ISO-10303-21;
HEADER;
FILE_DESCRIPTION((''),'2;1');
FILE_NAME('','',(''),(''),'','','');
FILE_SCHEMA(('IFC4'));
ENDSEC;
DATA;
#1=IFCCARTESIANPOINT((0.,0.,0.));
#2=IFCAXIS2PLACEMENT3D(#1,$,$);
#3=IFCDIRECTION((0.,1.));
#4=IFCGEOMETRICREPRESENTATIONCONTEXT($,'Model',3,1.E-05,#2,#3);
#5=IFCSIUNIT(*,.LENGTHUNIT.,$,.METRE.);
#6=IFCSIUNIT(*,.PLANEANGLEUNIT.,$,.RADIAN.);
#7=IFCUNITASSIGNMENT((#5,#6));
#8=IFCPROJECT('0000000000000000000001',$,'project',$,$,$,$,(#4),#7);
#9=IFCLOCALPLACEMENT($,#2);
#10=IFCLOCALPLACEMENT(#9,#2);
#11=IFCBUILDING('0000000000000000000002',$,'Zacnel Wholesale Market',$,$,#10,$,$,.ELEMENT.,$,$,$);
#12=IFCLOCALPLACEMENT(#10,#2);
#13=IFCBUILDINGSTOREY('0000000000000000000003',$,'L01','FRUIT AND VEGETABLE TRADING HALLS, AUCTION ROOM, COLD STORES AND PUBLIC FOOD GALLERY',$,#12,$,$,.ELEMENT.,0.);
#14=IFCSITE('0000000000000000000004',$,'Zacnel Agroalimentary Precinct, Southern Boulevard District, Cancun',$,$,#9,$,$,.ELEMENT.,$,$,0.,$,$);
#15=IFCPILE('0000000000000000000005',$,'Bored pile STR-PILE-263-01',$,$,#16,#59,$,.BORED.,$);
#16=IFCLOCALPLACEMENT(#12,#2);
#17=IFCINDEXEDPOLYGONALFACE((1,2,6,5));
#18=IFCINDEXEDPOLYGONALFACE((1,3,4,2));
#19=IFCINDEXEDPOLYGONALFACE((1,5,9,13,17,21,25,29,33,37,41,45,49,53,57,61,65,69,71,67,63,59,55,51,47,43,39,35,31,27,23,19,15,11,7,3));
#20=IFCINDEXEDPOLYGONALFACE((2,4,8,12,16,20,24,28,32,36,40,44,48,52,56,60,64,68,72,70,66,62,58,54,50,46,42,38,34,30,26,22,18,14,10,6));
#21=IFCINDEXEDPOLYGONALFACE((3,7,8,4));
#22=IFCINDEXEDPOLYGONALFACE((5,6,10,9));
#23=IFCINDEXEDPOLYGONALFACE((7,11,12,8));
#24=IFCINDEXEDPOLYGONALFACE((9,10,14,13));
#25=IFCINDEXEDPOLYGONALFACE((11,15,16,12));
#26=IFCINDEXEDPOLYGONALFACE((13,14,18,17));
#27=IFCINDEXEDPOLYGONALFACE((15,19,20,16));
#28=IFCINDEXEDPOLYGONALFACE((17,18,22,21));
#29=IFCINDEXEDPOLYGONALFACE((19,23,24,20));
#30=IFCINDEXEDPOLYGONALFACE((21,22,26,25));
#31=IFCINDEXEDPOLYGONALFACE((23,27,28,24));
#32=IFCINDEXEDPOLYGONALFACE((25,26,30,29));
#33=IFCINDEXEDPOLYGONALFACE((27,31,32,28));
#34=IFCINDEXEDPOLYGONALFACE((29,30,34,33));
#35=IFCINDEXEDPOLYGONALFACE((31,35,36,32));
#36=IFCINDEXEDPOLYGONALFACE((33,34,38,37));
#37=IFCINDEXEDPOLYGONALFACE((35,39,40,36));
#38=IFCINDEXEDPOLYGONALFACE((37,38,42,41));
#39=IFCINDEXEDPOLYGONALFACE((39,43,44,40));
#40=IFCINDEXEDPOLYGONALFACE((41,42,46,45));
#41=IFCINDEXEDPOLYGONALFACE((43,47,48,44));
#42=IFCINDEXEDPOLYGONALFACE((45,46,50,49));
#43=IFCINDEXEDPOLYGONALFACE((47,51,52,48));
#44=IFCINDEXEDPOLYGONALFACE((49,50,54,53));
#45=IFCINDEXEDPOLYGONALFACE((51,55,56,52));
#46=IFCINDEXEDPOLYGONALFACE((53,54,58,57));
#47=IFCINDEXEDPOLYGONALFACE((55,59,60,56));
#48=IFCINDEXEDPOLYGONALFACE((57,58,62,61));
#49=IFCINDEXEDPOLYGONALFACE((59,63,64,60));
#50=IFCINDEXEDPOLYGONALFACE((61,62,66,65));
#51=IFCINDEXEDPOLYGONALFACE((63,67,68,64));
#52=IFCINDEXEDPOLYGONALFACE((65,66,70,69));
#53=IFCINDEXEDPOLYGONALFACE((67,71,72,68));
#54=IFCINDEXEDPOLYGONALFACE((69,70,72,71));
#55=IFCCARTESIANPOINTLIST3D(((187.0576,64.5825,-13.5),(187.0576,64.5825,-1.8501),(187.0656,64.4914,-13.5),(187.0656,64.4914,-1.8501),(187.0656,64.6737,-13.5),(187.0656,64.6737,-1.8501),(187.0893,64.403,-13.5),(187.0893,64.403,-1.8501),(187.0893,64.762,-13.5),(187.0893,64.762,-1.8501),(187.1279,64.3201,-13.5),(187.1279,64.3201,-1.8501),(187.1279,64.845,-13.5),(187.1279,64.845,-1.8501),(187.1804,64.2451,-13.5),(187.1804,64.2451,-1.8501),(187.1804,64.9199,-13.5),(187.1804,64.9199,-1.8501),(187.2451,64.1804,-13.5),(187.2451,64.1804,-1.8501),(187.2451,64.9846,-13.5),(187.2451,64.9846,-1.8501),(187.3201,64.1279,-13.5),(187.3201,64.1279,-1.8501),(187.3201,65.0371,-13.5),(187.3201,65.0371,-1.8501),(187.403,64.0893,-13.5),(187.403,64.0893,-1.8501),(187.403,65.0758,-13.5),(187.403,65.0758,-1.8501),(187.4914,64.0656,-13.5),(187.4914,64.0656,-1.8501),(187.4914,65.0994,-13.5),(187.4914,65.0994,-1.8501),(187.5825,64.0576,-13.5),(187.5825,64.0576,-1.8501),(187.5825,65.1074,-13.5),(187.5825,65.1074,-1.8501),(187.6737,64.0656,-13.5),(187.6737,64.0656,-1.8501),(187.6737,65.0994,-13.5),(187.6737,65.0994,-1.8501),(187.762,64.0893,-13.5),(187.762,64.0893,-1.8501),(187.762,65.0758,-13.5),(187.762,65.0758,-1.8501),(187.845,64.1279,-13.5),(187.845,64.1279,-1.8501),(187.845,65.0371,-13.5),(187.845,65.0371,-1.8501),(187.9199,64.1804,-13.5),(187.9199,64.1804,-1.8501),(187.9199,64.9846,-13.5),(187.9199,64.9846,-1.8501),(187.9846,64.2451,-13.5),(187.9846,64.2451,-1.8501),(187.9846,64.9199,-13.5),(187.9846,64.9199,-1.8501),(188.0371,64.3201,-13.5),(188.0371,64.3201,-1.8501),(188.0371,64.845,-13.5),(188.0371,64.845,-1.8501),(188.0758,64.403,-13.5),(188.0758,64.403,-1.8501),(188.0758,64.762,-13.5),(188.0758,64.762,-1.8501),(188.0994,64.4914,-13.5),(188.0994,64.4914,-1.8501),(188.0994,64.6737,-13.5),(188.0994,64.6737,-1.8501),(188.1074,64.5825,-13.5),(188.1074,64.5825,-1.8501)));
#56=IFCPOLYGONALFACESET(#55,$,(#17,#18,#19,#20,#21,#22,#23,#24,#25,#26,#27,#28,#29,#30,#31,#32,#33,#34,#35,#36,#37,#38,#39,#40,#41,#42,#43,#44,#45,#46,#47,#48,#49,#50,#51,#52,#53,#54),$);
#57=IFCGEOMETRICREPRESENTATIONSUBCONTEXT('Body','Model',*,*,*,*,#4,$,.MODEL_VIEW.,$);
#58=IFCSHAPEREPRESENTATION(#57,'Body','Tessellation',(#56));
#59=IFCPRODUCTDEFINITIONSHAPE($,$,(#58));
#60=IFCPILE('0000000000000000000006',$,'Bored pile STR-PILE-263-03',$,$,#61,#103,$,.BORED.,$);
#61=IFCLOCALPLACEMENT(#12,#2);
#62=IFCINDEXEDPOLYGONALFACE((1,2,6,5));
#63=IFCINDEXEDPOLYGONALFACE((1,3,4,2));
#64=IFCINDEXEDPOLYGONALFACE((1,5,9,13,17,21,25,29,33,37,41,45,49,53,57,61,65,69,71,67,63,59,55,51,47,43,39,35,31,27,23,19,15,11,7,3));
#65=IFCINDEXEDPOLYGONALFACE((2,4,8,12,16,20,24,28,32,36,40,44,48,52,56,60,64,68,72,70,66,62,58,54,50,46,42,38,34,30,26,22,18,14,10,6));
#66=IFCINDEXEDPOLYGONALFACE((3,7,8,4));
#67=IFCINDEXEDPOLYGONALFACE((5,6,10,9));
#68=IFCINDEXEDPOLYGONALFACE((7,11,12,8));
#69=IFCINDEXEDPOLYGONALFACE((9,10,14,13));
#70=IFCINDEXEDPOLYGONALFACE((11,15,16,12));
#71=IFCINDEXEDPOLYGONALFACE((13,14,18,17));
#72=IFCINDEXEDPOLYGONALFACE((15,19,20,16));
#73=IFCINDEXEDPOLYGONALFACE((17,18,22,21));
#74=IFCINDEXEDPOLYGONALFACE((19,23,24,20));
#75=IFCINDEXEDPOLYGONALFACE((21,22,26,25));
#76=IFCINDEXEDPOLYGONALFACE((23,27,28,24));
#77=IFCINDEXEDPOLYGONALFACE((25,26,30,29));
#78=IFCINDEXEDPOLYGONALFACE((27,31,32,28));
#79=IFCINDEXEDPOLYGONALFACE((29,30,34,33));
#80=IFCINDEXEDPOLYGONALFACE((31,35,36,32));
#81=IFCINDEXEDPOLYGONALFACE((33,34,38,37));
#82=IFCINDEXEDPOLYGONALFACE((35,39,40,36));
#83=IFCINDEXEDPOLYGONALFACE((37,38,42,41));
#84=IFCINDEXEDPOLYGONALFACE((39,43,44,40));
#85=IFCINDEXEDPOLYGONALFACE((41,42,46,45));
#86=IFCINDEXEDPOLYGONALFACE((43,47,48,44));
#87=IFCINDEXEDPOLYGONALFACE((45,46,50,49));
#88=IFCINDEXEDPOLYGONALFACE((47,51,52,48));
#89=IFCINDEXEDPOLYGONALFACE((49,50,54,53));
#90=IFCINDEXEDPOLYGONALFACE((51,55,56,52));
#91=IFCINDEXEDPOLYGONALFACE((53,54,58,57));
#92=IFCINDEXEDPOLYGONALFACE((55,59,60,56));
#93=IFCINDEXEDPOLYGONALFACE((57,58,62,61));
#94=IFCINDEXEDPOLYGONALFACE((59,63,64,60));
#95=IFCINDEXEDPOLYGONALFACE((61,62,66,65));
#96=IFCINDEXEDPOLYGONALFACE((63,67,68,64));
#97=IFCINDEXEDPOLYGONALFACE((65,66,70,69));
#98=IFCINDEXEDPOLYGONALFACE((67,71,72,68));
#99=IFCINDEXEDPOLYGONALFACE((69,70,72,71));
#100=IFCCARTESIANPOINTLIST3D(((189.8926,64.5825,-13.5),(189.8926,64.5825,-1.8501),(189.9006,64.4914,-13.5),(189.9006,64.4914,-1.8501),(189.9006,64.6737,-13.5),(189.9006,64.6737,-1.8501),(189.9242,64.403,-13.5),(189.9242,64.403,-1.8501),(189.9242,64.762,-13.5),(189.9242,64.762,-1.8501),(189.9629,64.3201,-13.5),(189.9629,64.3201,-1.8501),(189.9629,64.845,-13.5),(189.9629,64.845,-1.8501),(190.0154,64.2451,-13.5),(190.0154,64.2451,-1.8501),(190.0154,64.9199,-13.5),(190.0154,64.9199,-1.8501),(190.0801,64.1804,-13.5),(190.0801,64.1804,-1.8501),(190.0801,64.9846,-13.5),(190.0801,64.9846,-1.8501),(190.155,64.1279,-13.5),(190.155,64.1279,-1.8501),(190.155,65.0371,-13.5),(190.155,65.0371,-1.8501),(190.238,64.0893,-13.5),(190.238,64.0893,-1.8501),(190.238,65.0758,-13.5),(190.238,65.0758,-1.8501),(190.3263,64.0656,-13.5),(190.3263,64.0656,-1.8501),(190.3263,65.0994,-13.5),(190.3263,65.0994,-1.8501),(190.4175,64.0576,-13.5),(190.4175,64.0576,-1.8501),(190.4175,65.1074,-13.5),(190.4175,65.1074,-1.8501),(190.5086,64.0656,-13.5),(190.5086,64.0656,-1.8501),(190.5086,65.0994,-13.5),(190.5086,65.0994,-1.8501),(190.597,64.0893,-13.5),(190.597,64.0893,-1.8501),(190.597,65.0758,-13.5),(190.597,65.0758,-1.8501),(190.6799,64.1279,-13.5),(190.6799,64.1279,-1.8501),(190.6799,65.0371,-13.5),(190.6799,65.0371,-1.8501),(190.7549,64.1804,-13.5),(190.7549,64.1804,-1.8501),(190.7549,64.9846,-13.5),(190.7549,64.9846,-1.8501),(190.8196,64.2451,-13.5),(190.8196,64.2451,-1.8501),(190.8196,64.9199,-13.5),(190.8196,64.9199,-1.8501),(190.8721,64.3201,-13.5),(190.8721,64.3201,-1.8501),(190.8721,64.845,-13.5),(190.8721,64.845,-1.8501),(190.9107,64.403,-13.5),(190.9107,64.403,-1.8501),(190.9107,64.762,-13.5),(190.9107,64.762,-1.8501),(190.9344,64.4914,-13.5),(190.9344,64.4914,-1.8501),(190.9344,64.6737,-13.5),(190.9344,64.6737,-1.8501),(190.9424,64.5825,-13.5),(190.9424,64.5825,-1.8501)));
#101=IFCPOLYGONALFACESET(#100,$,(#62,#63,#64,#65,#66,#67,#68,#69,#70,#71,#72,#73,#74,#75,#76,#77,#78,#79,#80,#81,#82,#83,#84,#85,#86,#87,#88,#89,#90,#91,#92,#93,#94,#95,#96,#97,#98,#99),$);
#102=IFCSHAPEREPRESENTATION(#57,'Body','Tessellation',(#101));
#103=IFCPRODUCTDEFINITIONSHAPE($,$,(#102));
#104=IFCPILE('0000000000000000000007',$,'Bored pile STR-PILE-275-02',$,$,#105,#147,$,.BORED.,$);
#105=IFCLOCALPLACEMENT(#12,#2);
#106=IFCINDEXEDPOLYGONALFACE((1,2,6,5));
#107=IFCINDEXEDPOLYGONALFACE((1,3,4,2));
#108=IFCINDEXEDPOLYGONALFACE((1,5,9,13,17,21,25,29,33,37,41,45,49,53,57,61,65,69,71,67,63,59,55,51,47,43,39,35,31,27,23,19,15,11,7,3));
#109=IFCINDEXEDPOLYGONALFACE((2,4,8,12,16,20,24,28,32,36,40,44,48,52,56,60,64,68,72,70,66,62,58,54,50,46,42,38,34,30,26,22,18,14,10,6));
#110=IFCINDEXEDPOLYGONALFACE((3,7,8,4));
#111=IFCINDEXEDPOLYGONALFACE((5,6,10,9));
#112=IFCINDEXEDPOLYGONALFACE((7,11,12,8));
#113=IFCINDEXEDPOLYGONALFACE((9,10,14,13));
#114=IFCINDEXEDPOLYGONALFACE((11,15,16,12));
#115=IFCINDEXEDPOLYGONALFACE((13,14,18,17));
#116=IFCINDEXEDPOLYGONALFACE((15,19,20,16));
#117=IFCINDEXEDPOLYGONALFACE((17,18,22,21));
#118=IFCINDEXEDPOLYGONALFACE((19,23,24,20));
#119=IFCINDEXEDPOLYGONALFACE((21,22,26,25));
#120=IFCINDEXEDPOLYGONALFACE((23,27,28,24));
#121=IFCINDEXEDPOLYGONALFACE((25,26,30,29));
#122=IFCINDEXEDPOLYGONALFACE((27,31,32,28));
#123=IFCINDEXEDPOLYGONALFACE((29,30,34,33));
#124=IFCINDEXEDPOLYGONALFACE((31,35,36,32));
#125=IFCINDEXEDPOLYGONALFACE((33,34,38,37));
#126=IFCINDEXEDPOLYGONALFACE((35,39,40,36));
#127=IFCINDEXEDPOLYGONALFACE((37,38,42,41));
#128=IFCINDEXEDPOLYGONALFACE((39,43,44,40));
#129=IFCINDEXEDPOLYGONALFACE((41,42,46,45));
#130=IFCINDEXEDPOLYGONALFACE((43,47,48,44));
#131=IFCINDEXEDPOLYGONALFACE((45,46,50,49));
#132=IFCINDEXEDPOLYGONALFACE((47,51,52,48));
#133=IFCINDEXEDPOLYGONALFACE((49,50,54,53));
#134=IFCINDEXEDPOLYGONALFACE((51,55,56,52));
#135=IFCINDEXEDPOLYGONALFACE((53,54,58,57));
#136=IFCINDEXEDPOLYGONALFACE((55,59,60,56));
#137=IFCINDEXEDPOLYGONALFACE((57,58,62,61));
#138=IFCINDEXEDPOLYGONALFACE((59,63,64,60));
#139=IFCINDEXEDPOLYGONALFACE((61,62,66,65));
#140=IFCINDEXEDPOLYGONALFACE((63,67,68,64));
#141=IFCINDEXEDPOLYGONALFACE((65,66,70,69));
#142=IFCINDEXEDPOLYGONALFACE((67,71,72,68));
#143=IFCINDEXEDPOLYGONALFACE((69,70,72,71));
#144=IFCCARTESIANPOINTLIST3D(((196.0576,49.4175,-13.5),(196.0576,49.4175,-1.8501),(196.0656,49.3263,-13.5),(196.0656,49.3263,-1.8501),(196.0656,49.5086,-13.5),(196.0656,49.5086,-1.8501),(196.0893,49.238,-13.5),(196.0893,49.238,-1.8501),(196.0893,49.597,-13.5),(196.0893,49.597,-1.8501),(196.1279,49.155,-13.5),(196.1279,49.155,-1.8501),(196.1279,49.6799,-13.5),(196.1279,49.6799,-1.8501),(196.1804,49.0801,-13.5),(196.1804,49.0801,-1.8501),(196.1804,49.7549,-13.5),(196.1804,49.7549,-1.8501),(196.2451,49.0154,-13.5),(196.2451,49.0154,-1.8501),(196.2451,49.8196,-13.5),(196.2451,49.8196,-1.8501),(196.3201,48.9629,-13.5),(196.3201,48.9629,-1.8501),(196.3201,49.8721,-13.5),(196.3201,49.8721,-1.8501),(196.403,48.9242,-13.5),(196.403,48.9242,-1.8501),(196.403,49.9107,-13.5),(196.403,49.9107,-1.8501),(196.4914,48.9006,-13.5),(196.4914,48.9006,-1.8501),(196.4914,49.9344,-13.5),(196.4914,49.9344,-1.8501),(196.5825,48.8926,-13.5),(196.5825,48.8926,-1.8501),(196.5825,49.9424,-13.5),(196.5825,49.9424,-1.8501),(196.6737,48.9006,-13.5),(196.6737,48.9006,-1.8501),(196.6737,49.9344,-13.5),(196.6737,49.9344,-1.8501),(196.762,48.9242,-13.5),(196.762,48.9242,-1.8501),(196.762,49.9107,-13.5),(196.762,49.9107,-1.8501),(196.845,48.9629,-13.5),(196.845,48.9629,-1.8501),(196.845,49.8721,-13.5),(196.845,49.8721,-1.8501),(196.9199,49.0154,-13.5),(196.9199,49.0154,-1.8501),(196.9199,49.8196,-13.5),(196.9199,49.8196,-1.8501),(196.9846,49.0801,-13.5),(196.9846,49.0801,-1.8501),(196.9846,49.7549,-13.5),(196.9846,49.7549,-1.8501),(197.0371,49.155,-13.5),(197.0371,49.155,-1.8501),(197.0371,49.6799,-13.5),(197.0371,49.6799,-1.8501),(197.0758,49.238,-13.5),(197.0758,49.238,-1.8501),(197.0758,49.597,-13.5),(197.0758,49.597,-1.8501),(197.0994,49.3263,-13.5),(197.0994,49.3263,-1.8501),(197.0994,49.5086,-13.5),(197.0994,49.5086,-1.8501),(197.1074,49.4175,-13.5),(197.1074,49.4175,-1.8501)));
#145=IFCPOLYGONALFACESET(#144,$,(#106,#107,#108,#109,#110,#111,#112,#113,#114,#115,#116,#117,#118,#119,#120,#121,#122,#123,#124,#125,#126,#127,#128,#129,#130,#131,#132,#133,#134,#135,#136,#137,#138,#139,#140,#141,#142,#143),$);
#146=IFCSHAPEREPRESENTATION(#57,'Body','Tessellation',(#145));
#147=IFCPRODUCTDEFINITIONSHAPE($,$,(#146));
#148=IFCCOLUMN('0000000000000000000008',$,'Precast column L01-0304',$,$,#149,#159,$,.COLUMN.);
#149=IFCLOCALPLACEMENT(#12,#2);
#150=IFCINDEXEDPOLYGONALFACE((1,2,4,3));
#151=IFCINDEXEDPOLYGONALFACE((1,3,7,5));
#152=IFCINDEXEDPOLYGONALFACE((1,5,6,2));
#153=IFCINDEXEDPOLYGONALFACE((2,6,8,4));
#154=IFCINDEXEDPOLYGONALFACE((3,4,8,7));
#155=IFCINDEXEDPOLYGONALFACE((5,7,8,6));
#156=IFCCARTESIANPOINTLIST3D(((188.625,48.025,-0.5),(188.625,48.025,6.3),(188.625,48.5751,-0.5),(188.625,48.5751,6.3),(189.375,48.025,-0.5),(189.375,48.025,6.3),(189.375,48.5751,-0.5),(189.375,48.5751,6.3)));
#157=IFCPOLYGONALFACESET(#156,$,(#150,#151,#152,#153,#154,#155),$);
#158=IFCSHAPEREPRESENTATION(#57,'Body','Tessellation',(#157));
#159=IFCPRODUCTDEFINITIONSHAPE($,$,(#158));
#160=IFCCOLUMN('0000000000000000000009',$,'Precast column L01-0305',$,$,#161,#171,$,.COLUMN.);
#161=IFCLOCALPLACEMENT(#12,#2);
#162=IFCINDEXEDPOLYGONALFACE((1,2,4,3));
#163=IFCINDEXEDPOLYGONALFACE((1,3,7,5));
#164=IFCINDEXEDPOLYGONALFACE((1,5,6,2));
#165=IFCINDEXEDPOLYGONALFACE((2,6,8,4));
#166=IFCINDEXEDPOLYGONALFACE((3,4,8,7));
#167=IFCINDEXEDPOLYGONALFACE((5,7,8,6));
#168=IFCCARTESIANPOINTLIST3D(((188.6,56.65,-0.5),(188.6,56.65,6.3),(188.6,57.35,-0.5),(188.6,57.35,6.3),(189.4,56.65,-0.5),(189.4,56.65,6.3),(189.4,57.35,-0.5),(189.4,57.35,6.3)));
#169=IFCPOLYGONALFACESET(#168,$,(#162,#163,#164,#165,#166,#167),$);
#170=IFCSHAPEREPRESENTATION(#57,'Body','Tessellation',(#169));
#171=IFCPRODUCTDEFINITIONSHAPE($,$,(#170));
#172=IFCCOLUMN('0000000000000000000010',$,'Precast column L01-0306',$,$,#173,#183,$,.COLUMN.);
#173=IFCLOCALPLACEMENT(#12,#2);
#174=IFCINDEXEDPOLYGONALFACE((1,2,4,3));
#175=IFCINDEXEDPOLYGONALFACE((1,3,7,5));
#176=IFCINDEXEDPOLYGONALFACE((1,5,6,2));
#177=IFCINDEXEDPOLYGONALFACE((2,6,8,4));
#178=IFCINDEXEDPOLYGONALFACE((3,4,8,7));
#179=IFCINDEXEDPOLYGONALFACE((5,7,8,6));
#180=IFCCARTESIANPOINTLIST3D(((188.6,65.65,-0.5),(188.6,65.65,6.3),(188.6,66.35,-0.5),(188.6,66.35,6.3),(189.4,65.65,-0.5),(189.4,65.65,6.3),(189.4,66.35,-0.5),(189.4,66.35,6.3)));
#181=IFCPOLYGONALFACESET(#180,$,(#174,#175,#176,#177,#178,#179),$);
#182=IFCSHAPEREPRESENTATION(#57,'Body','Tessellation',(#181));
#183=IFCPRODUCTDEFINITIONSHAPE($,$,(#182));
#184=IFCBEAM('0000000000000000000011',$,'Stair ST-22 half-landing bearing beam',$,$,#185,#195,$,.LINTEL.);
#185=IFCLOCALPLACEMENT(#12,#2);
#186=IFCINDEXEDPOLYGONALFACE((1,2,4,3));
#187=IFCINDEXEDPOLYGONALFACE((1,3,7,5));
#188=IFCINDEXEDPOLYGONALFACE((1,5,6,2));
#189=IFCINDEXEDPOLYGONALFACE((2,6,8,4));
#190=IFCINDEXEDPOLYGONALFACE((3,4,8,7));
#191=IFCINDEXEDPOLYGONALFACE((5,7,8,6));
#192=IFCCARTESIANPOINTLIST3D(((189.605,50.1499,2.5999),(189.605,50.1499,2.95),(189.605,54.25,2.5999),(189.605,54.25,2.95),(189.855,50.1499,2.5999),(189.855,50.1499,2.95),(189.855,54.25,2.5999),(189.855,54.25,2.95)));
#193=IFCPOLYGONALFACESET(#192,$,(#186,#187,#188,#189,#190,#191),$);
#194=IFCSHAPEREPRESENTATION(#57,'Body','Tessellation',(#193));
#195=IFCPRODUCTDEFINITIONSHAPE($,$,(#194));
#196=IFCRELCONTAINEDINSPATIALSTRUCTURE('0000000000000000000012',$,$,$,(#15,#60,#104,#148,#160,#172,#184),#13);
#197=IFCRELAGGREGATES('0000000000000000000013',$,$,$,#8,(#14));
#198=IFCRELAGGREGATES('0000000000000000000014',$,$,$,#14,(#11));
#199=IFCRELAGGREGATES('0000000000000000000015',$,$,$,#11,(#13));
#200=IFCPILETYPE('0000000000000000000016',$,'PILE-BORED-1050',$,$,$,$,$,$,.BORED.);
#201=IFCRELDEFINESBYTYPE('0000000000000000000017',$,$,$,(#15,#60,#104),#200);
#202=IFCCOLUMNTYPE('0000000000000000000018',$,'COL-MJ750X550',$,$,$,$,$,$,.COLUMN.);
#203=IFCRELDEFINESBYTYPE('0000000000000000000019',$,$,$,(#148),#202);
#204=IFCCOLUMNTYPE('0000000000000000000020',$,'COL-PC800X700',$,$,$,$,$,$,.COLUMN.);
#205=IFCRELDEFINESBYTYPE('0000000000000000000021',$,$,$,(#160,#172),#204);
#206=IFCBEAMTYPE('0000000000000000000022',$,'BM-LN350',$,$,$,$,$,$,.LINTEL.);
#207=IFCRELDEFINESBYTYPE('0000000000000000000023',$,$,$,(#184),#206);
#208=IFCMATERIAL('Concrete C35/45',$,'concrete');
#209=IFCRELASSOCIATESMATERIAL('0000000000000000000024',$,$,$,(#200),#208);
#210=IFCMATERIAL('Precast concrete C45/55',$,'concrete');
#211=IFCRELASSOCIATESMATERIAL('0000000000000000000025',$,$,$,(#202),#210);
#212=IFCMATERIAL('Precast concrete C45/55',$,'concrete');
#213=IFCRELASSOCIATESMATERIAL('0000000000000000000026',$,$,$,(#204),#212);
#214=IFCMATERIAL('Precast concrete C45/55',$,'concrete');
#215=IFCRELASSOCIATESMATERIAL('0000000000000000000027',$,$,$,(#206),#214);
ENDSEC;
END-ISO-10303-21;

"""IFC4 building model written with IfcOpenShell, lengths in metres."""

from ifc_helpers import new_model, si_unit, direction, frame, origin, origin_2d, place, context, subcontext, project, spatial, rectangle, circle, extrude, material, material_profile, profile_set, type_object, element, save


model = new_model("IFC4")

# Units and contexts
model_context = context("Model", 3, precision=1e-05, world=origin(), true_north=direction((0.0, 1.0)))
body_context = subcontext(model_context, "Body", "Model", "MODEL_VIEW")
ifc_project = project(units=[si_unit("LENGTHUNIT", "METRE"), si_unit("PLANEANGLEUNIT", "RADIAN")], contexts=[model_context])

# Site, building, storey
site_placement = place(None, origin())
site = spatial("IfcSite", under=ifc_project, at=site_placement, Name="Zacnel Agroalimentary Precinct, Southern Boulevard District, Cancun", CompositionType="ELEMENT", RefElevation=0.0)
building_placement = place(site_placement, origin())
building = spatial("IfcBuilding", under=site, at=building_placement, Name="Zacnel Wholesale Market", CompositionType="ELEMENT")
storey_placement = place(building_placement, origin())
storey = spatial("IfcBuildingStorey", under=building, at=storey_placement, Name="L01", Description="FRUIT AND VEGETABLE TRADING HALLS, AUCTION ROOM, COLD STORES AND PUBLIC FOOD GALLERY", CompositionType="ELEMENT", Elevation=0.0)

# Piles
ifc_material_1 = material(Name="Concrete C35/45", Category="concrete")
ifc_material_profile_1 = material_profile(ifc_material_1, circle(Radius=0.5249, at=origin_2d()), Name="BORED PILE D1050")
ifc_profile_set_1 = profile_set([ifc_material_profile_1], Name="Concrete C35/45")
pile_type = type_object("IfcPileType", Name="PILE-BORED-1050", PredefinedType="BORED", material=ifc_profile_set_1)
for number, where, z_axis, x_axis, name in (
    (1, (187.5825, 64.5825, -1.8501), (0.0, 0.0, -1.0), (1.0, 0.0, 0.0), "Bored pile STR-PILE-263-01"),
    (2, (190.4175, 64.5825, -1.8501), (0.0, 0.0, -1.0), (1.0, 0.0, 0.0), "Bored pile STR-PILE-263-03"),
    (3, (196.5825, 49.4175, -1.8501), (0.0, 0.0, -1.0), (1.0, 0.0, 0.0), "Bored pile STR-PILE-275-02"),
):
    element("IfcPile", number, at=place(storey_placement, frame(where, z_axis=z_axis, x_axis=x_axis)), inside=storey, type_object=pile_type, Name=name, PredefinedType="BORED", context=body_context, shape_type="SweptSolid", body=[
        extrude(circle(Radius=0.5249, at=origin_2d()), origin(), (0.0, 0.0, 1.0), 11.6499),
    ])

# Columns
ifc_material_2 = material(Name="Precast concrete C45/55", Category="concrete")
ifc_material_profile_2 = material_profile(ifc_material_2, rectangle(XDim=0.75, YDim=0.55, at=origin_2d()), Name="PC 750x550")
ifc_profile_set_2 = profile_set([ifc_material_profile_2], Name="Precast concrete C45/55")
column_type_1 = type_object("IfcColumnType", Name="COL-MJ750X550", PredefinedType="COLUMN", material=ifc_profile_set_2)
column_placement = place(storey_placement, frame((189.0, 48.3, -0.5), z_axis=(0.0, 0.0, 1.0), x_axis=(1.0, 0.0, 0.0)))
element("IfcColumn", 4, at=column_placement, inside=storey, type_object=column_type_1, Name="Precast column L01-0304", PredefinedType="COLUMN", context=body_context, shape_type="SweptSolid", body=[
    extrude(rectangle(XDim=0.75, YDim=0.55, at=origin_2d()), origin(), (0.0, 0.0, 1.0), 6.8),
])
ifc_material_3 = material(Name="Precast concrete C45/55", Category="concrete")
ifc_material_profile_3 = material_profile(ifc_material_3, rectangle(XDim=0.8, YDim=0.7, at=origin_2d()), Name="PC 800x700")
ifc_profile_set_3 = profile_set([ifc_material_profile_3], Name="Precast concrete C45/55")
column_type_2 = type_object("IfcColumnType", Name="COL-PC800X700", PredefinedType="COLUMN", material=ifc_profile_set_3)
for number, where, z_axis, x_axis, name in (
    (5, (189.0, 57.0, -0.5), (0.0, 0.0, 1.0), (1.0, 0.0, 0.0), "Precast column L01-0305"),
    (6, (189.0, 66.0, -0.5), (0.0, 0.0, 1.0), (1.0, 0.0, 0.0), "Precast column L01-0306"),
):
    element("IfcColumn", number, at=place(storey_placement, frame(where, z_axis=z_axis, x_axis=x_axis)), inside=storey, type_object=column_type_2, Name=name, PredefinedType="COLUMN", context=body_context, shape_type="SweptSolid", body=[
        extrude(rectangle(XDim=0.8, YDim=0.7, at=origin_2d()), origin(), (0.0, 0.0, 1.0), 6.8),
    ])

# Beam
ifc_material_4 = material(Name="Precast concrete C45/55", Category="concrete")
ifc_material_profile_4 = material_profile(ifc_material_4, rectangle(XDim=0.25, YDim=0.3501, at=origin_2d()), Name="LN 250x350")
ifc_profile_set_4 = profile_set([ifc_material_profile_4], Name="Precast concrete C45/55")
beam_type = type_object("IfcBeamType", Name="BM-LN350", PredefinedType="LINTEL", material=ifc_profile_set_4)
beam_placement = place(storey_placement, frame((189.73, 50.1499, 2.7749), z_axis=(0.0, 1.0, 0.0), x_axis=(-1.0, 0.0, 0.0)))
element("IfcBeam", 7, at=beam_placement, inside=storey, type_object=beam_type, Name="Stair ST-22 half-landing bearing beam", PredefinedType="LINTEL", context=body_context, shape_type="SweptSolid", body=[
    extrude(rectangle(XDim=0.25, YDim=0.3501, at=origin_2d()), origin(), (0.0, 0.0, 1.0), 4.1001),
])

save(model, "model.ifc")
